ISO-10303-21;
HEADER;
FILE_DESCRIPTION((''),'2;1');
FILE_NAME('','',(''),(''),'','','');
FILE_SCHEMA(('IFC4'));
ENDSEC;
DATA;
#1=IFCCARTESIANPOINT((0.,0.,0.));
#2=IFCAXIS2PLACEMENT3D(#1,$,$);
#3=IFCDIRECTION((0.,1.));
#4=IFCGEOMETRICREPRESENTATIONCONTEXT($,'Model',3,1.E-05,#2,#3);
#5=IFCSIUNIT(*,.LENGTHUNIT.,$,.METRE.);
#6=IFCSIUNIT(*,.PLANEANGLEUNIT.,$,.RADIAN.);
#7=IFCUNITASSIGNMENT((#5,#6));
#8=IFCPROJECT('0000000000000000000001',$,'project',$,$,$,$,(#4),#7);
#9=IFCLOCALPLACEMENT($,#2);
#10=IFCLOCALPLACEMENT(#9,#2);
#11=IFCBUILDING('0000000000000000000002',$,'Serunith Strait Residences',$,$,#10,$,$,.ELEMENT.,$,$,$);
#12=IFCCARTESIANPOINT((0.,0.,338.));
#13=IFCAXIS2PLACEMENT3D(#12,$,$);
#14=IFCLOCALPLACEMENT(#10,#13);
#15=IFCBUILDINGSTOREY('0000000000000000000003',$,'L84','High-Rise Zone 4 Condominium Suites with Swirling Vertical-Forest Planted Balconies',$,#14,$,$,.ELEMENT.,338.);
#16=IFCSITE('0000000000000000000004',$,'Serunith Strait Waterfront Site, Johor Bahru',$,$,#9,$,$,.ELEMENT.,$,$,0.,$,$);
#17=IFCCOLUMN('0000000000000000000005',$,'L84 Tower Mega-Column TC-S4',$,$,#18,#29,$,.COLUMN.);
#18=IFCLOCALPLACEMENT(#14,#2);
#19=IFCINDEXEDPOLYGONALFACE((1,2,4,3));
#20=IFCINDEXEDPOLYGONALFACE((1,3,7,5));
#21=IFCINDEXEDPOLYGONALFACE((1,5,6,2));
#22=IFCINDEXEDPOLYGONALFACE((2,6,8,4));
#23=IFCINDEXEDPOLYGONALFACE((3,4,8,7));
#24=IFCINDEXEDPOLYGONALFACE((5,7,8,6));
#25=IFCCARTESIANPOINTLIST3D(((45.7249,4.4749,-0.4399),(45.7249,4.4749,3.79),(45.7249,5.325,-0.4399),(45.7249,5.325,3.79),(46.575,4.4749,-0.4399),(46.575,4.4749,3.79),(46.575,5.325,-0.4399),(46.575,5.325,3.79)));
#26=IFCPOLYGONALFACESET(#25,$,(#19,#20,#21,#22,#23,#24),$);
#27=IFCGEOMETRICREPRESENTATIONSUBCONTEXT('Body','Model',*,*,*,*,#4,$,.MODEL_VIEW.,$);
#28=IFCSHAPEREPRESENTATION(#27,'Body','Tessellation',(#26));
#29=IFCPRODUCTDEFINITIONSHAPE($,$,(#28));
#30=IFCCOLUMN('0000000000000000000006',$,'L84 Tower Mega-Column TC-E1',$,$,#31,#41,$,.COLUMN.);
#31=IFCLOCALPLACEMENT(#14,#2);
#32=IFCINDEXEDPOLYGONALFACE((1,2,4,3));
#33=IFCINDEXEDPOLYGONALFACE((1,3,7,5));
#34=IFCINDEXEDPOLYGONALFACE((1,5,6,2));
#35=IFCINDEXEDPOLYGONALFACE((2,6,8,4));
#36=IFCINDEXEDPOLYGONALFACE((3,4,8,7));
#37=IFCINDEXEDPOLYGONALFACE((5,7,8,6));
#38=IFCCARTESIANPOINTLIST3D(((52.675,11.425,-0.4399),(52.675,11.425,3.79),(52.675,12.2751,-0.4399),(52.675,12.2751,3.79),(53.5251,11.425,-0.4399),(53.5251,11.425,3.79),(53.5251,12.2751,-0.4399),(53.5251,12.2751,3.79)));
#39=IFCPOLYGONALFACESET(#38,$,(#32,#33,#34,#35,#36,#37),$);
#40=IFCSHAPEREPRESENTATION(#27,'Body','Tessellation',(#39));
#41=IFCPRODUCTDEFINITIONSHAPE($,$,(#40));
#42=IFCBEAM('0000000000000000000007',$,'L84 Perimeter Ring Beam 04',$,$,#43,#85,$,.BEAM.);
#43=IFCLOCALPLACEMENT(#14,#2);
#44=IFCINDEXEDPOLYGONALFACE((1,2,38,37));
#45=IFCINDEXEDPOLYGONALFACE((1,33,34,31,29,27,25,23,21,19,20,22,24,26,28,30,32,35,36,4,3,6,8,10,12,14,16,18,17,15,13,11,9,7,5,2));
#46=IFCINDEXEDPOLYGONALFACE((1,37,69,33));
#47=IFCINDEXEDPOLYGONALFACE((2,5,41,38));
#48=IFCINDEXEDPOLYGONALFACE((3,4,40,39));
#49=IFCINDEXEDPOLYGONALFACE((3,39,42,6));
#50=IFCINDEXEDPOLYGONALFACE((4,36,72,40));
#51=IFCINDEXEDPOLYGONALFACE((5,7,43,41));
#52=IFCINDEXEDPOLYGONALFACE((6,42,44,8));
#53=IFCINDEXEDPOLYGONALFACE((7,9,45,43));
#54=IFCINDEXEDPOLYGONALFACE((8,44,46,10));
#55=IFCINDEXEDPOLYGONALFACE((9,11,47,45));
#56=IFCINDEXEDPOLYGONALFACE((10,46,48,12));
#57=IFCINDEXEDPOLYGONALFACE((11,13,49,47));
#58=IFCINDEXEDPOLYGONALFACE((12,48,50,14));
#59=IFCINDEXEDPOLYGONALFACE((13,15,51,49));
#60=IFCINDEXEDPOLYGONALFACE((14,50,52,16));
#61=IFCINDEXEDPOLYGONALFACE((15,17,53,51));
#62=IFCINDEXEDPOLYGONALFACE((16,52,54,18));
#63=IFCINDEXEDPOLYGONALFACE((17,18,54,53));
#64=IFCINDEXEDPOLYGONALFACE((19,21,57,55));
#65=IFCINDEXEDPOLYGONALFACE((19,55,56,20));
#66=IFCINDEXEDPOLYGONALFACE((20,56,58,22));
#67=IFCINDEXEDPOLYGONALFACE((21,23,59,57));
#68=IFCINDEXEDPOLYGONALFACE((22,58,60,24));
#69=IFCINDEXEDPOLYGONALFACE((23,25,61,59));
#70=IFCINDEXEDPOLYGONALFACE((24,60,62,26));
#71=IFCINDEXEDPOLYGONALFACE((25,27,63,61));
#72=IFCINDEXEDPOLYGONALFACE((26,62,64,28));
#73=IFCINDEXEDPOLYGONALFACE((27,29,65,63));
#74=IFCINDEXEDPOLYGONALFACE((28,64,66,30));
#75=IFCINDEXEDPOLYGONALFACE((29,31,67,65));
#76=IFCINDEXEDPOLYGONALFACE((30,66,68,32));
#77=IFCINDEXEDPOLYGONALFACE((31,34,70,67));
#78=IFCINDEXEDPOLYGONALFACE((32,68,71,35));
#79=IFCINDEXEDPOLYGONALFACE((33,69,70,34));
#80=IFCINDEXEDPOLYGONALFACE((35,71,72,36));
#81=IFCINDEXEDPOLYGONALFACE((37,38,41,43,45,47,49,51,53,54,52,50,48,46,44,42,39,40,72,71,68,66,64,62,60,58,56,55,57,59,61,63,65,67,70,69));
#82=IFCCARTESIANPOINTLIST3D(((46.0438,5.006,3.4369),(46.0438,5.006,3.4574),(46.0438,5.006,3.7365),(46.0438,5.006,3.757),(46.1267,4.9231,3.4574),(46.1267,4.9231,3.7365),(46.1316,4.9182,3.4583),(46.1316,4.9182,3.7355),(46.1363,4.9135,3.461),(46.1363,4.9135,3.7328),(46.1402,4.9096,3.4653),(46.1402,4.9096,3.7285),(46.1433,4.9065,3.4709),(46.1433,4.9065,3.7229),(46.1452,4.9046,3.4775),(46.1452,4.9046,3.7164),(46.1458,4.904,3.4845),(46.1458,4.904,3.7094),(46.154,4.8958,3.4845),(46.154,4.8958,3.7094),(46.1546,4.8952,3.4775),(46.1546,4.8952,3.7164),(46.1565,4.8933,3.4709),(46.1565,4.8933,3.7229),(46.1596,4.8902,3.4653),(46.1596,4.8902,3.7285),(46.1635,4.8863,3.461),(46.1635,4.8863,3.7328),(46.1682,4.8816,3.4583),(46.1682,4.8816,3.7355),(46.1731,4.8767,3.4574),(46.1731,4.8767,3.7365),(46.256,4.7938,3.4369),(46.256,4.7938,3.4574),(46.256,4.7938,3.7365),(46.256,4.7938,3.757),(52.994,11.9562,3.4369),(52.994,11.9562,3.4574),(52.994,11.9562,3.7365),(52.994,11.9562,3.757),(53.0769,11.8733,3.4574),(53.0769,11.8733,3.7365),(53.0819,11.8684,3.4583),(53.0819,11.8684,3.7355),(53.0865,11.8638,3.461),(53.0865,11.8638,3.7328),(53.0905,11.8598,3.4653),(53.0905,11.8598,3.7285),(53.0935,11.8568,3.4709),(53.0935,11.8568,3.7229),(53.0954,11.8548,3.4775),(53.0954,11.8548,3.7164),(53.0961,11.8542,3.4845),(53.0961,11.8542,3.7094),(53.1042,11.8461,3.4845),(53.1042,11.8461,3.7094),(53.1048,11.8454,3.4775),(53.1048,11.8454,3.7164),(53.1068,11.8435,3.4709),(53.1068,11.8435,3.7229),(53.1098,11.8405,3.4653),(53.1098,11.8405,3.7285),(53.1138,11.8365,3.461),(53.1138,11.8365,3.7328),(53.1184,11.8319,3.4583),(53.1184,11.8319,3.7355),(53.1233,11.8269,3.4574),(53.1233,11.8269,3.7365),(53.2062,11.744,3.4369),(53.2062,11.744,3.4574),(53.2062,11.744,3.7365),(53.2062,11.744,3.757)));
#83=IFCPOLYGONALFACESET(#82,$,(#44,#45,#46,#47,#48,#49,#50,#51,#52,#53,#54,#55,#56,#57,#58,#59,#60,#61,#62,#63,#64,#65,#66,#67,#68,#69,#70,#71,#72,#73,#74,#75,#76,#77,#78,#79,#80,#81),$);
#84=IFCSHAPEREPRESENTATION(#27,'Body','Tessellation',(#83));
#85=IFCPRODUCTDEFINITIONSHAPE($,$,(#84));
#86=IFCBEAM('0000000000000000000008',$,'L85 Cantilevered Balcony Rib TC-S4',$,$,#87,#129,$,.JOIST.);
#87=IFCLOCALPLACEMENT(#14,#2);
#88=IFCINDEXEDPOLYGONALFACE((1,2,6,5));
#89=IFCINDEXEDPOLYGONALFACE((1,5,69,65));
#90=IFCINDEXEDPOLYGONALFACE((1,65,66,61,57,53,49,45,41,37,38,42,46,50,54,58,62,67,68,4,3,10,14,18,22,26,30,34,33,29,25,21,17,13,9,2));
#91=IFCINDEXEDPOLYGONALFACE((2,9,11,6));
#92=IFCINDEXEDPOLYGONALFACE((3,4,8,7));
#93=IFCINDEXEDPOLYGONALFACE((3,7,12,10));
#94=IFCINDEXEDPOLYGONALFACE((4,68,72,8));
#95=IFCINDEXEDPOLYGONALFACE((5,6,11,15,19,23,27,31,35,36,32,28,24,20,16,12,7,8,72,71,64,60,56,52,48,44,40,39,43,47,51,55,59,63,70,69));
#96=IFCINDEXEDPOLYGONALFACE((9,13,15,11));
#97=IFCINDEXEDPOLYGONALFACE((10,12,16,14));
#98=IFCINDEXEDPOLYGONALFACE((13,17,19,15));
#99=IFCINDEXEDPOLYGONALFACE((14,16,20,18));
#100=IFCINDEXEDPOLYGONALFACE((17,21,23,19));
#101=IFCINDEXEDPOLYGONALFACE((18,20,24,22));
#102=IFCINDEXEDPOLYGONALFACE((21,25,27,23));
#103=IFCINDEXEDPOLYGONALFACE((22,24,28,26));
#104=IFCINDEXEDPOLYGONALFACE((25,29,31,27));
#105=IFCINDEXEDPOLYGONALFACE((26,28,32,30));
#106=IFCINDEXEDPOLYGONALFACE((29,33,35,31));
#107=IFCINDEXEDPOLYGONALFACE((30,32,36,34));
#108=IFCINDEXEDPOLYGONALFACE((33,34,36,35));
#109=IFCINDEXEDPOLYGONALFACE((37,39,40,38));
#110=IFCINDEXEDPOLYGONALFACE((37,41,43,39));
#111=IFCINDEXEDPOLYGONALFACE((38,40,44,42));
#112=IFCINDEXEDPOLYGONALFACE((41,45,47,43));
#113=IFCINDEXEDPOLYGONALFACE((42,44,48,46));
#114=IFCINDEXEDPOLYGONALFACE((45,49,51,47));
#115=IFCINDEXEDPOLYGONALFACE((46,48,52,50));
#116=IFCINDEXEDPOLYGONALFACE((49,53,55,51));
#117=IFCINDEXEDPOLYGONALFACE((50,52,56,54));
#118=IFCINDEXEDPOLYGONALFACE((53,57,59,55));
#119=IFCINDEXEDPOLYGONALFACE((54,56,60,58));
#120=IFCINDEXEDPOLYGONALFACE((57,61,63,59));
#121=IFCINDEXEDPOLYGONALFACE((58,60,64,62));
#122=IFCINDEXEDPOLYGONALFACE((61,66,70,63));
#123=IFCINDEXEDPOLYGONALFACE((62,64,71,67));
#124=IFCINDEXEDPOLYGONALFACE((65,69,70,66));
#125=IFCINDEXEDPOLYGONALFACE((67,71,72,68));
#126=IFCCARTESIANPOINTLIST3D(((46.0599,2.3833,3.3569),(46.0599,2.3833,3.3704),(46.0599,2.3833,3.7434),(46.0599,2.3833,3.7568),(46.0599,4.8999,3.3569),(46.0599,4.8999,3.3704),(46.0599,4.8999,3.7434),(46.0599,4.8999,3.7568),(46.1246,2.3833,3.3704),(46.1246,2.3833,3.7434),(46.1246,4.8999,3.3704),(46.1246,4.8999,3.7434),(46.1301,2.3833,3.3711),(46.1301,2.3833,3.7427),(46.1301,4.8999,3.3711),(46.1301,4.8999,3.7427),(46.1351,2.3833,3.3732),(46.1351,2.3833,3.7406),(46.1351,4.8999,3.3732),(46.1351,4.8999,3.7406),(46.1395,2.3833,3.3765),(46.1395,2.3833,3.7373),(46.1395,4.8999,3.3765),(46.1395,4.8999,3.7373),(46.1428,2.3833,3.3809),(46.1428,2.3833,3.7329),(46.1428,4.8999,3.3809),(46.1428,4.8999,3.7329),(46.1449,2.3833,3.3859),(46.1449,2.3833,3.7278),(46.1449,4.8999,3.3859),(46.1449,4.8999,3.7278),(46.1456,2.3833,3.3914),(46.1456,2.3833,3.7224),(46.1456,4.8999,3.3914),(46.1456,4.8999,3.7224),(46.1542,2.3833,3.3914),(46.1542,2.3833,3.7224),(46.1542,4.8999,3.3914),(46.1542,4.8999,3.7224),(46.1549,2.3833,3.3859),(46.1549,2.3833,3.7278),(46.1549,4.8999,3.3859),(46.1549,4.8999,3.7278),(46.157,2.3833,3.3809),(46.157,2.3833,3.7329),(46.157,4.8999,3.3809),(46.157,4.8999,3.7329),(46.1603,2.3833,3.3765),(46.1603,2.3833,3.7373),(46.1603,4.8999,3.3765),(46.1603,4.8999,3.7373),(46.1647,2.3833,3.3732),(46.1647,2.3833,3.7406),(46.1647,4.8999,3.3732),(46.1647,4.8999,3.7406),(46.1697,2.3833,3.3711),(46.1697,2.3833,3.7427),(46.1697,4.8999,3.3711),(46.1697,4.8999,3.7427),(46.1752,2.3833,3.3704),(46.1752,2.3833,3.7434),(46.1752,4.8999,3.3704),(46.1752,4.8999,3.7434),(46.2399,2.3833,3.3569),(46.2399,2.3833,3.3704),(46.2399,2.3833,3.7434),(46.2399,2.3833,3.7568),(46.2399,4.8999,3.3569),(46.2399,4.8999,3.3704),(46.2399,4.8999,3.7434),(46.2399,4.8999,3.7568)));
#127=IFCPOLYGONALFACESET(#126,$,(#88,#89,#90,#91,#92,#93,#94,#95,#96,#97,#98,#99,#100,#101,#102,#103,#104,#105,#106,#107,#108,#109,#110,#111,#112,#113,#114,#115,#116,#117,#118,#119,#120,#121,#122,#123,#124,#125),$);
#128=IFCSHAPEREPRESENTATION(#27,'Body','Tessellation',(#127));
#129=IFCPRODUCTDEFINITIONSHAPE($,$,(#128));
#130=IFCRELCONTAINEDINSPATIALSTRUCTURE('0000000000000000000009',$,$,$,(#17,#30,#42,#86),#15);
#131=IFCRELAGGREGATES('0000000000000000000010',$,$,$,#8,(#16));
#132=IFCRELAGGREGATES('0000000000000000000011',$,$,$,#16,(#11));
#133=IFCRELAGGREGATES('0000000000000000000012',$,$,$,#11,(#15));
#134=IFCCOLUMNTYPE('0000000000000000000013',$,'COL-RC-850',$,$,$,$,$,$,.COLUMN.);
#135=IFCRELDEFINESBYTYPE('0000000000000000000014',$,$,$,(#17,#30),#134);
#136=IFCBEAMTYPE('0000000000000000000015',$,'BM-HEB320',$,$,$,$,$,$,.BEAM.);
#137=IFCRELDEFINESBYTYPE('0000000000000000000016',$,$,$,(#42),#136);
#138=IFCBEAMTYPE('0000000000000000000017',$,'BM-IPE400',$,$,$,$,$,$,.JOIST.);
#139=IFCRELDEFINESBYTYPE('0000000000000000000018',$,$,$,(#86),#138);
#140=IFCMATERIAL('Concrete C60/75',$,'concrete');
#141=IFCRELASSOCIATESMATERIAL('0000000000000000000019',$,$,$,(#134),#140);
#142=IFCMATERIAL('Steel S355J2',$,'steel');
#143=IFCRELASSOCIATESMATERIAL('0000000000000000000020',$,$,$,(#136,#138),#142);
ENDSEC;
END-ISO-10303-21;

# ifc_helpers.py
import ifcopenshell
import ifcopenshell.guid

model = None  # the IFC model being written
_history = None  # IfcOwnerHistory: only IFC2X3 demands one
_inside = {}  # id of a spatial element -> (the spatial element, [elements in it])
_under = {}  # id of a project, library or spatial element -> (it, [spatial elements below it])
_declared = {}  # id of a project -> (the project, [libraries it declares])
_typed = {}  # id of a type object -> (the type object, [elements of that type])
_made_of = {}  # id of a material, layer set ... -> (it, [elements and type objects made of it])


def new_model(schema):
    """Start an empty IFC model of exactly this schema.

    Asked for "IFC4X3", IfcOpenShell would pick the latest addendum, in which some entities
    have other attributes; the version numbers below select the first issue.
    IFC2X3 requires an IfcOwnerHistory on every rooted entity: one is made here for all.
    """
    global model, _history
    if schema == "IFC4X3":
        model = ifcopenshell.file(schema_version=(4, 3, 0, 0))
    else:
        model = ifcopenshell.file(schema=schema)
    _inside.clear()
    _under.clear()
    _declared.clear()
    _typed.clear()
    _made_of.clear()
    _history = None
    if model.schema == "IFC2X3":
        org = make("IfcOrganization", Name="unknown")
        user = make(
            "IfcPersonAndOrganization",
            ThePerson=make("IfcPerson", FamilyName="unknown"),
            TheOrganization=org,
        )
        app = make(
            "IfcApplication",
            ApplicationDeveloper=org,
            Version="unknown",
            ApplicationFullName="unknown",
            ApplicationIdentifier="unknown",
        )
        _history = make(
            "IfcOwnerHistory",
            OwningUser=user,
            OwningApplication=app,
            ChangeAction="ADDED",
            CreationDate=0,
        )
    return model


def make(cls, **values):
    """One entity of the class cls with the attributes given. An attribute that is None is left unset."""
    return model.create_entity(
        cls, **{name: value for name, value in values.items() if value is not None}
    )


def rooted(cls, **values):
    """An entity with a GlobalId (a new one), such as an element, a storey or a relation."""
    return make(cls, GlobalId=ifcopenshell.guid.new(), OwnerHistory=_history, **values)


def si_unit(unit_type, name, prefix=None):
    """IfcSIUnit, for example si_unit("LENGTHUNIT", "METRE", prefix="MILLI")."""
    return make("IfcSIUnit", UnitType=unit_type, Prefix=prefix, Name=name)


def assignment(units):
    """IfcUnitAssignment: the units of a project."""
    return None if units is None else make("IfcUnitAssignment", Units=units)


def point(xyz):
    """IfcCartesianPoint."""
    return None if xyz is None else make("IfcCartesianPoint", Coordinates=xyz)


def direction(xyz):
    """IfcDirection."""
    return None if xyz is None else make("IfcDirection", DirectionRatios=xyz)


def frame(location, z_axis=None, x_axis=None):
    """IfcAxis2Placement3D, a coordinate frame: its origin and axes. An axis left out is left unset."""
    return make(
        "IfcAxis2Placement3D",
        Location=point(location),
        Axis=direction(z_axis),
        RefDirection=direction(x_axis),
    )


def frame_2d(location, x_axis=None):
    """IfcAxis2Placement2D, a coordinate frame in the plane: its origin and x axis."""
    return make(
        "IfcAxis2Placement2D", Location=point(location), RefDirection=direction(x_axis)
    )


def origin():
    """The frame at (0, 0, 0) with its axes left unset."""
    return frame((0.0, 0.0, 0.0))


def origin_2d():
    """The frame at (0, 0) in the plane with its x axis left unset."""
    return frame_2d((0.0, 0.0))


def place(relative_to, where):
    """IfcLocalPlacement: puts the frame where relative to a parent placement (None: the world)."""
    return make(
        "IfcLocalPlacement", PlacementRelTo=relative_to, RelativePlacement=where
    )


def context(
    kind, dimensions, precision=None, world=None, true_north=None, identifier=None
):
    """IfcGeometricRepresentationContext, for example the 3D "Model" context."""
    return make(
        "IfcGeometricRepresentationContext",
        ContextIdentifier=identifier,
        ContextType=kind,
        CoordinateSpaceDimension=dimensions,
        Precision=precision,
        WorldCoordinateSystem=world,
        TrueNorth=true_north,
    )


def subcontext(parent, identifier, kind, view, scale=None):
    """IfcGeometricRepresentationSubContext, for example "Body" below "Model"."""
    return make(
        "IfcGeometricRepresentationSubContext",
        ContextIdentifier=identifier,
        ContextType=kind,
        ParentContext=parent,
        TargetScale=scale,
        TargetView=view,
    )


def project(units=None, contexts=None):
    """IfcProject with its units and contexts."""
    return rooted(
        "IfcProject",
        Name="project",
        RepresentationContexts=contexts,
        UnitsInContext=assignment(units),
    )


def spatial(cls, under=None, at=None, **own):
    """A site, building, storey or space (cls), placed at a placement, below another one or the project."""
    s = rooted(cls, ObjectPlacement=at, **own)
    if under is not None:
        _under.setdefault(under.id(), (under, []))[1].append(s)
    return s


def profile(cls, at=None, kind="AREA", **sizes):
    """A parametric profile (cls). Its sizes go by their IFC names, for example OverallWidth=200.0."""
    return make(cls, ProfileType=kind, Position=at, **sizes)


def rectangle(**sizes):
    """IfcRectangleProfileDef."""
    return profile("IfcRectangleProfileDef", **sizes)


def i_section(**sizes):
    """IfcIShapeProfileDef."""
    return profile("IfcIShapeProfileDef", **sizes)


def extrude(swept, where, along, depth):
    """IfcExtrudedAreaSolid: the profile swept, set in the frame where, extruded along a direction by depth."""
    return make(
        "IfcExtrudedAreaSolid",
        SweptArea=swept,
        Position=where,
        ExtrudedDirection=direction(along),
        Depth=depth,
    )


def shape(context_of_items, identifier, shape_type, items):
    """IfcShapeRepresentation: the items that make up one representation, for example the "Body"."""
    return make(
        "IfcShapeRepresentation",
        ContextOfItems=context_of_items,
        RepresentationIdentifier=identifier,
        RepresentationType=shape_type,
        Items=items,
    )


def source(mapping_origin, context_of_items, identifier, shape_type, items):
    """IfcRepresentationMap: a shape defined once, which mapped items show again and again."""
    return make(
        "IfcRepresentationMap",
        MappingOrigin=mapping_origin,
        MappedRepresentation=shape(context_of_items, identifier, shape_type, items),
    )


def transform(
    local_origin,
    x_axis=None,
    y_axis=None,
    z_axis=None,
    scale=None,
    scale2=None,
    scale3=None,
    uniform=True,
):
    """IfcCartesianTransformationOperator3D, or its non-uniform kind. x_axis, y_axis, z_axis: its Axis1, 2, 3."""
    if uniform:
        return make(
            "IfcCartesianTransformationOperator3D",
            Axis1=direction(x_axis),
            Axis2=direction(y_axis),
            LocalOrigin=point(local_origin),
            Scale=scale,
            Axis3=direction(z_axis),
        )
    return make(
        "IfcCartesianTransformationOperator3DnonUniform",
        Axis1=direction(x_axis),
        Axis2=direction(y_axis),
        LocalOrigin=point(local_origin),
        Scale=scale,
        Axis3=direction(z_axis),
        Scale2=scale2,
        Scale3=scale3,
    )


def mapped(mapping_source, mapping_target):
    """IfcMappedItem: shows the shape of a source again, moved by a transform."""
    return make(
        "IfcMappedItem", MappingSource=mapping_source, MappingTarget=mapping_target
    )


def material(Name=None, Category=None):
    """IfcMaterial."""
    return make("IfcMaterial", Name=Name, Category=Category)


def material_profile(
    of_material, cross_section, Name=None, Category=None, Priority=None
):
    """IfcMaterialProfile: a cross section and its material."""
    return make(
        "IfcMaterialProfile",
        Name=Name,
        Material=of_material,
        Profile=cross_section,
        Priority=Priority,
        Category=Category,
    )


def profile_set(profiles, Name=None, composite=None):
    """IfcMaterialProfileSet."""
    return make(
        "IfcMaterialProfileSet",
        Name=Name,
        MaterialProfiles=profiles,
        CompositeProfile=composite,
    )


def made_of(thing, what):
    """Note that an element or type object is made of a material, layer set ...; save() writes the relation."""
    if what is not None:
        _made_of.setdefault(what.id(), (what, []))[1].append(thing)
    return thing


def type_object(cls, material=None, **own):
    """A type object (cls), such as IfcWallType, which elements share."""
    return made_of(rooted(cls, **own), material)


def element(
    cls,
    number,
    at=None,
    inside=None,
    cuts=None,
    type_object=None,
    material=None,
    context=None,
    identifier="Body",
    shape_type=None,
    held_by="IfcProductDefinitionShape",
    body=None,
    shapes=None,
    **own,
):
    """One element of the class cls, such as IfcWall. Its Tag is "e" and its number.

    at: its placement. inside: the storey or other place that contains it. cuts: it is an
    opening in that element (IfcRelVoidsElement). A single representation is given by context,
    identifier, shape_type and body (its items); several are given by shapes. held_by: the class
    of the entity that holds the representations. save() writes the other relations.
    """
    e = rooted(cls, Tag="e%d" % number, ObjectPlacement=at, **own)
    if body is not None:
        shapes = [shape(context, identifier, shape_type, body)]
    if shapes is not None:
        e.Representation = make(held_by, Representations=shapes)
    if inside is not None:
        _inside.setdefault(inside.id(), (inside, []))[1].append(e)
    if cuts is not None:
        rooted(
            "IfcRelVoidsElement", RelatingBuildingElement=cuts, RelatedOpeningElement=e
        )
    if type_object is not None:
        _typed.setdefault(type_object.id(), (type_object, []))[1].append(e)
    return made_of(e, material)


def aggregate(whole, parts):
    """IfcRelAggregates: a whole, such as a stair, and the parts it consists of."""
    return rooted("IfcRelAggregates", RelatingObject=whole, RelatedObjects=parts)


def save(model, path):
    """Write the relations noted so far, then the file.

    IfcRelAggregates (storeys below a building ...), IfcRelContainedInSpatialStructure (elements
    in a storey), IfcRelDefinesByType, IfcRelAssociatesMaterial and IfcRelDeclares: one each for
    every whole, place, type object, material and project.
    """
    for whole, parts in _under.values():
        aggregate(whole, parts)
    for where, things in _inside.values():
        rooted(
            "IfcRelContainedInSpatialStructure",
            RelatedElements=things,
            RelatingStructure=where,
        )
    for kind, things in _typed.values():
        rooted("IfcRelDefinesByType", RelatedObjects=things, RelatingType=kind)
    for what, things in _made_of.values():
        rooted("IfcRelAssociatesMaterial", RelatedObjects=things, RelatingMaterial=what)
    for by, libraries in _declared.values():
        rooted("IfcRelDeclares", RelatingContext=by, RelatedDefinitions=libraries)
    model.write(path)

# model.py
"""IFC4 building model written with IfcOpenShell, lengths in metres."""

from ifc_helpers import new_model, si_unit, direction, frame, origin, origin_2d, place, context, subcontext, project, spatial, rectangle, i_section, extrude, source, transform, mapped, material, material_profile, profile_set, type_object, element, save


model = new_model("IFC4")

# Units and contexts
model_context = context("Model", 3, precision=1e-05, world=origin(), true_north=direction((0.0, 1.0)))
body_context = subcontext(model_context, "Body", "Model", "MODEL_VIEW")
ifc_project = project(units=[si_unit("LENGTHUNIT", "METRE"), si_unit("PLANEANGLEUNIT", "RADIAN")], contexts=[model_context])

# Site, building, storey
site_placement = place(None, origin())
site = spatial("IfcSite", under=ifc_project, at=site_placement, Name="Serunith Strait Waterfront Site, Johor Bahru", CompositionType="ELEMENT", RefElevation=0.0)
building_placement = place(site_placement, origin())
building = spatial("IfcBuilding", under=site, at=building_placement, Name="Serunith Strait Residences", CompositionType="ELEMENT")
storey_placement = place(building_placement, frame((0.0, 0.0, 338.0)))
storey = spatial("IfcBuildingStorey", under=building, at=storey_placement, Name="L84", Description="High-Rise Zone 4 Condominium Suites with Swirling Vertical-Forest Planted Balconies", CompositionType="ELEMENT", Elevation=338.0)

# Columns
ifc_material_1 = material(Name="Concrete C60/75", Category="concrete")
ifc_material_profile_1 = material_profile(ifc_material_1, rectangle(XDim=0.8501, YDim=0.8501, at=origin_2d()), Name="RC 850x850")
ifc_profile_set_1 = profile_set([ifc_material_profile_1], Name="Concrete C60/75")
column_type = type_object("IfcColumnType", Name="COL-RC-850", PredefinedType="COLUMN", material=ifc_profile_set_1)
shared_shape_1 = source(origin(), body_context, "Body", "SweptSolid", [
    extrude(rectangle(XDim=0.8501, YDim=0.8501, at=origin_2d()), origin(), (0.0, 0.0, 1.0), 4.23),
])
for number, where, z_axis, x_axis, name in (
    (1, (46.1499, 4.8999, -0.4399), (0.0, 0.0, 1.0), (1.0, 0.0, 0.0), "L84 Tower Mega-Column TC-S4"),
    (2, (53.1001, 11.8501, -0.4399), (0.0, 0.0, 1.0), (1.0, 0.0, 0.0), "L84 Tower Mega-Column TC-E1"),
):
    element("IfcColumn", number, at=place(storey_placement, frame(where, z_axis=z_axis, x_axis=x_axis)), inside=storey, type_object=column_type, Name=name, PredefinedType="COLUMN", context=body_context, shape_type="MappedRepresentation", body=[
        mapped(shared_shape_1, transform((0.0, 0.0, 0.0), scale=1.0)),
    ])

# Beams
ifc_material_2 = material(Name="Steel S355J2", Category="steel")
ifc_material_profile_2 = material_profile(ifc_material_2, i_section(OverallWidth=0.3, OverallDepth=0.3201, WebThickness=0.0115, FlangeThickness=0.0205, FilletRadius=0.0271, at=origin_2d()), Name="HEB 320")
ifc_profile_set_2 = profile_set([ifc_material_profile_2], Name="Steel S355J2")
beam_type_1 = type_object("IfcBeamType", Name="BM-HEB320", PredefinedType="BEAM", material=ifc_profile_set_2)
shared_shape_2 = source(origin(), body_context, "Body", "SweptSolid", [
    extrude(i_section(OverallWidth=0.3, OverallDepth=0.3201, WebThickness=0.0115, FlangeThickness=0.0205, FilletRadius=0.0271, at=origin_2d()), origin(), (0.0, 0.0, 1.0), 9.8291),
])
beam_1_placement = place(storey_placement, frame((46.1499, 4.8999, 3.5969), z_axis=(0.707107, 0.707107, 0.0), x_axis=(-0.707107, 0.707107, 0.0)))
element("IfcBeam", 3, at=beam_1_placement, inside=storey, type_object=beam_type_1, Name="L84 Perimeter Ring Beam 04", PredefinedType="BEAM", context=body_context, shape_type="MappedRepresentation", body=[
    mapped(shared_shape_2, transform((0.0, 0.0, 0.0), scale=1.0)),
])
ifc_material_profile_3 = material_profile(ifc_material_2, i_section(OverallWidth=0.1799, OverallDepth=0.3999, WebThickness=0.0085, FlangeThickness=0.0134, FilletRadius=0.021, at=origin_2d()), Name="IPE 400")
ifc_profile_set_3 = profile_set([ifc_material_profile_3], Name="Steel S355J2")
beam_type_2 = type_object("IfcBeamType", Name="BM-IPE400", PredefinedType="JOIST", material=ifc_profile_set_3)
shared_shape_3 = source(origin(), body_context, "Body", "SweptSolid", [
    extrude(i_section(OverallWidth=0.1799, OverallDepth=0.3999, WebThickness=0.0085, FlangeThickness=0.0134, FilletRadius=0.021, at=origin_2d()), origin(), (0.0, 0.0, 1.0), 2.5166),
])
beam_2_placement = place(storey_placement, frame((46.1499, 4.8999, 3.5569), z_axis=(0.0, -1.0, 0.0), x_axis=(1.0, 0.0, 0.0)))
element("IfcBeam", 4, at=beam_2_placement, inside=storey, type_object=beam_type_2, Name="L85 Cantilevered Balcony Rib TC-S4", PredefinedType="JOIST", context=body_context, shape_type="MappedRepresentation", body=[
    mapped(shared_shape_3, transform((0.0, 0.0, 0.0), scale=1.0)),
])

save(model, "model.ifc")
